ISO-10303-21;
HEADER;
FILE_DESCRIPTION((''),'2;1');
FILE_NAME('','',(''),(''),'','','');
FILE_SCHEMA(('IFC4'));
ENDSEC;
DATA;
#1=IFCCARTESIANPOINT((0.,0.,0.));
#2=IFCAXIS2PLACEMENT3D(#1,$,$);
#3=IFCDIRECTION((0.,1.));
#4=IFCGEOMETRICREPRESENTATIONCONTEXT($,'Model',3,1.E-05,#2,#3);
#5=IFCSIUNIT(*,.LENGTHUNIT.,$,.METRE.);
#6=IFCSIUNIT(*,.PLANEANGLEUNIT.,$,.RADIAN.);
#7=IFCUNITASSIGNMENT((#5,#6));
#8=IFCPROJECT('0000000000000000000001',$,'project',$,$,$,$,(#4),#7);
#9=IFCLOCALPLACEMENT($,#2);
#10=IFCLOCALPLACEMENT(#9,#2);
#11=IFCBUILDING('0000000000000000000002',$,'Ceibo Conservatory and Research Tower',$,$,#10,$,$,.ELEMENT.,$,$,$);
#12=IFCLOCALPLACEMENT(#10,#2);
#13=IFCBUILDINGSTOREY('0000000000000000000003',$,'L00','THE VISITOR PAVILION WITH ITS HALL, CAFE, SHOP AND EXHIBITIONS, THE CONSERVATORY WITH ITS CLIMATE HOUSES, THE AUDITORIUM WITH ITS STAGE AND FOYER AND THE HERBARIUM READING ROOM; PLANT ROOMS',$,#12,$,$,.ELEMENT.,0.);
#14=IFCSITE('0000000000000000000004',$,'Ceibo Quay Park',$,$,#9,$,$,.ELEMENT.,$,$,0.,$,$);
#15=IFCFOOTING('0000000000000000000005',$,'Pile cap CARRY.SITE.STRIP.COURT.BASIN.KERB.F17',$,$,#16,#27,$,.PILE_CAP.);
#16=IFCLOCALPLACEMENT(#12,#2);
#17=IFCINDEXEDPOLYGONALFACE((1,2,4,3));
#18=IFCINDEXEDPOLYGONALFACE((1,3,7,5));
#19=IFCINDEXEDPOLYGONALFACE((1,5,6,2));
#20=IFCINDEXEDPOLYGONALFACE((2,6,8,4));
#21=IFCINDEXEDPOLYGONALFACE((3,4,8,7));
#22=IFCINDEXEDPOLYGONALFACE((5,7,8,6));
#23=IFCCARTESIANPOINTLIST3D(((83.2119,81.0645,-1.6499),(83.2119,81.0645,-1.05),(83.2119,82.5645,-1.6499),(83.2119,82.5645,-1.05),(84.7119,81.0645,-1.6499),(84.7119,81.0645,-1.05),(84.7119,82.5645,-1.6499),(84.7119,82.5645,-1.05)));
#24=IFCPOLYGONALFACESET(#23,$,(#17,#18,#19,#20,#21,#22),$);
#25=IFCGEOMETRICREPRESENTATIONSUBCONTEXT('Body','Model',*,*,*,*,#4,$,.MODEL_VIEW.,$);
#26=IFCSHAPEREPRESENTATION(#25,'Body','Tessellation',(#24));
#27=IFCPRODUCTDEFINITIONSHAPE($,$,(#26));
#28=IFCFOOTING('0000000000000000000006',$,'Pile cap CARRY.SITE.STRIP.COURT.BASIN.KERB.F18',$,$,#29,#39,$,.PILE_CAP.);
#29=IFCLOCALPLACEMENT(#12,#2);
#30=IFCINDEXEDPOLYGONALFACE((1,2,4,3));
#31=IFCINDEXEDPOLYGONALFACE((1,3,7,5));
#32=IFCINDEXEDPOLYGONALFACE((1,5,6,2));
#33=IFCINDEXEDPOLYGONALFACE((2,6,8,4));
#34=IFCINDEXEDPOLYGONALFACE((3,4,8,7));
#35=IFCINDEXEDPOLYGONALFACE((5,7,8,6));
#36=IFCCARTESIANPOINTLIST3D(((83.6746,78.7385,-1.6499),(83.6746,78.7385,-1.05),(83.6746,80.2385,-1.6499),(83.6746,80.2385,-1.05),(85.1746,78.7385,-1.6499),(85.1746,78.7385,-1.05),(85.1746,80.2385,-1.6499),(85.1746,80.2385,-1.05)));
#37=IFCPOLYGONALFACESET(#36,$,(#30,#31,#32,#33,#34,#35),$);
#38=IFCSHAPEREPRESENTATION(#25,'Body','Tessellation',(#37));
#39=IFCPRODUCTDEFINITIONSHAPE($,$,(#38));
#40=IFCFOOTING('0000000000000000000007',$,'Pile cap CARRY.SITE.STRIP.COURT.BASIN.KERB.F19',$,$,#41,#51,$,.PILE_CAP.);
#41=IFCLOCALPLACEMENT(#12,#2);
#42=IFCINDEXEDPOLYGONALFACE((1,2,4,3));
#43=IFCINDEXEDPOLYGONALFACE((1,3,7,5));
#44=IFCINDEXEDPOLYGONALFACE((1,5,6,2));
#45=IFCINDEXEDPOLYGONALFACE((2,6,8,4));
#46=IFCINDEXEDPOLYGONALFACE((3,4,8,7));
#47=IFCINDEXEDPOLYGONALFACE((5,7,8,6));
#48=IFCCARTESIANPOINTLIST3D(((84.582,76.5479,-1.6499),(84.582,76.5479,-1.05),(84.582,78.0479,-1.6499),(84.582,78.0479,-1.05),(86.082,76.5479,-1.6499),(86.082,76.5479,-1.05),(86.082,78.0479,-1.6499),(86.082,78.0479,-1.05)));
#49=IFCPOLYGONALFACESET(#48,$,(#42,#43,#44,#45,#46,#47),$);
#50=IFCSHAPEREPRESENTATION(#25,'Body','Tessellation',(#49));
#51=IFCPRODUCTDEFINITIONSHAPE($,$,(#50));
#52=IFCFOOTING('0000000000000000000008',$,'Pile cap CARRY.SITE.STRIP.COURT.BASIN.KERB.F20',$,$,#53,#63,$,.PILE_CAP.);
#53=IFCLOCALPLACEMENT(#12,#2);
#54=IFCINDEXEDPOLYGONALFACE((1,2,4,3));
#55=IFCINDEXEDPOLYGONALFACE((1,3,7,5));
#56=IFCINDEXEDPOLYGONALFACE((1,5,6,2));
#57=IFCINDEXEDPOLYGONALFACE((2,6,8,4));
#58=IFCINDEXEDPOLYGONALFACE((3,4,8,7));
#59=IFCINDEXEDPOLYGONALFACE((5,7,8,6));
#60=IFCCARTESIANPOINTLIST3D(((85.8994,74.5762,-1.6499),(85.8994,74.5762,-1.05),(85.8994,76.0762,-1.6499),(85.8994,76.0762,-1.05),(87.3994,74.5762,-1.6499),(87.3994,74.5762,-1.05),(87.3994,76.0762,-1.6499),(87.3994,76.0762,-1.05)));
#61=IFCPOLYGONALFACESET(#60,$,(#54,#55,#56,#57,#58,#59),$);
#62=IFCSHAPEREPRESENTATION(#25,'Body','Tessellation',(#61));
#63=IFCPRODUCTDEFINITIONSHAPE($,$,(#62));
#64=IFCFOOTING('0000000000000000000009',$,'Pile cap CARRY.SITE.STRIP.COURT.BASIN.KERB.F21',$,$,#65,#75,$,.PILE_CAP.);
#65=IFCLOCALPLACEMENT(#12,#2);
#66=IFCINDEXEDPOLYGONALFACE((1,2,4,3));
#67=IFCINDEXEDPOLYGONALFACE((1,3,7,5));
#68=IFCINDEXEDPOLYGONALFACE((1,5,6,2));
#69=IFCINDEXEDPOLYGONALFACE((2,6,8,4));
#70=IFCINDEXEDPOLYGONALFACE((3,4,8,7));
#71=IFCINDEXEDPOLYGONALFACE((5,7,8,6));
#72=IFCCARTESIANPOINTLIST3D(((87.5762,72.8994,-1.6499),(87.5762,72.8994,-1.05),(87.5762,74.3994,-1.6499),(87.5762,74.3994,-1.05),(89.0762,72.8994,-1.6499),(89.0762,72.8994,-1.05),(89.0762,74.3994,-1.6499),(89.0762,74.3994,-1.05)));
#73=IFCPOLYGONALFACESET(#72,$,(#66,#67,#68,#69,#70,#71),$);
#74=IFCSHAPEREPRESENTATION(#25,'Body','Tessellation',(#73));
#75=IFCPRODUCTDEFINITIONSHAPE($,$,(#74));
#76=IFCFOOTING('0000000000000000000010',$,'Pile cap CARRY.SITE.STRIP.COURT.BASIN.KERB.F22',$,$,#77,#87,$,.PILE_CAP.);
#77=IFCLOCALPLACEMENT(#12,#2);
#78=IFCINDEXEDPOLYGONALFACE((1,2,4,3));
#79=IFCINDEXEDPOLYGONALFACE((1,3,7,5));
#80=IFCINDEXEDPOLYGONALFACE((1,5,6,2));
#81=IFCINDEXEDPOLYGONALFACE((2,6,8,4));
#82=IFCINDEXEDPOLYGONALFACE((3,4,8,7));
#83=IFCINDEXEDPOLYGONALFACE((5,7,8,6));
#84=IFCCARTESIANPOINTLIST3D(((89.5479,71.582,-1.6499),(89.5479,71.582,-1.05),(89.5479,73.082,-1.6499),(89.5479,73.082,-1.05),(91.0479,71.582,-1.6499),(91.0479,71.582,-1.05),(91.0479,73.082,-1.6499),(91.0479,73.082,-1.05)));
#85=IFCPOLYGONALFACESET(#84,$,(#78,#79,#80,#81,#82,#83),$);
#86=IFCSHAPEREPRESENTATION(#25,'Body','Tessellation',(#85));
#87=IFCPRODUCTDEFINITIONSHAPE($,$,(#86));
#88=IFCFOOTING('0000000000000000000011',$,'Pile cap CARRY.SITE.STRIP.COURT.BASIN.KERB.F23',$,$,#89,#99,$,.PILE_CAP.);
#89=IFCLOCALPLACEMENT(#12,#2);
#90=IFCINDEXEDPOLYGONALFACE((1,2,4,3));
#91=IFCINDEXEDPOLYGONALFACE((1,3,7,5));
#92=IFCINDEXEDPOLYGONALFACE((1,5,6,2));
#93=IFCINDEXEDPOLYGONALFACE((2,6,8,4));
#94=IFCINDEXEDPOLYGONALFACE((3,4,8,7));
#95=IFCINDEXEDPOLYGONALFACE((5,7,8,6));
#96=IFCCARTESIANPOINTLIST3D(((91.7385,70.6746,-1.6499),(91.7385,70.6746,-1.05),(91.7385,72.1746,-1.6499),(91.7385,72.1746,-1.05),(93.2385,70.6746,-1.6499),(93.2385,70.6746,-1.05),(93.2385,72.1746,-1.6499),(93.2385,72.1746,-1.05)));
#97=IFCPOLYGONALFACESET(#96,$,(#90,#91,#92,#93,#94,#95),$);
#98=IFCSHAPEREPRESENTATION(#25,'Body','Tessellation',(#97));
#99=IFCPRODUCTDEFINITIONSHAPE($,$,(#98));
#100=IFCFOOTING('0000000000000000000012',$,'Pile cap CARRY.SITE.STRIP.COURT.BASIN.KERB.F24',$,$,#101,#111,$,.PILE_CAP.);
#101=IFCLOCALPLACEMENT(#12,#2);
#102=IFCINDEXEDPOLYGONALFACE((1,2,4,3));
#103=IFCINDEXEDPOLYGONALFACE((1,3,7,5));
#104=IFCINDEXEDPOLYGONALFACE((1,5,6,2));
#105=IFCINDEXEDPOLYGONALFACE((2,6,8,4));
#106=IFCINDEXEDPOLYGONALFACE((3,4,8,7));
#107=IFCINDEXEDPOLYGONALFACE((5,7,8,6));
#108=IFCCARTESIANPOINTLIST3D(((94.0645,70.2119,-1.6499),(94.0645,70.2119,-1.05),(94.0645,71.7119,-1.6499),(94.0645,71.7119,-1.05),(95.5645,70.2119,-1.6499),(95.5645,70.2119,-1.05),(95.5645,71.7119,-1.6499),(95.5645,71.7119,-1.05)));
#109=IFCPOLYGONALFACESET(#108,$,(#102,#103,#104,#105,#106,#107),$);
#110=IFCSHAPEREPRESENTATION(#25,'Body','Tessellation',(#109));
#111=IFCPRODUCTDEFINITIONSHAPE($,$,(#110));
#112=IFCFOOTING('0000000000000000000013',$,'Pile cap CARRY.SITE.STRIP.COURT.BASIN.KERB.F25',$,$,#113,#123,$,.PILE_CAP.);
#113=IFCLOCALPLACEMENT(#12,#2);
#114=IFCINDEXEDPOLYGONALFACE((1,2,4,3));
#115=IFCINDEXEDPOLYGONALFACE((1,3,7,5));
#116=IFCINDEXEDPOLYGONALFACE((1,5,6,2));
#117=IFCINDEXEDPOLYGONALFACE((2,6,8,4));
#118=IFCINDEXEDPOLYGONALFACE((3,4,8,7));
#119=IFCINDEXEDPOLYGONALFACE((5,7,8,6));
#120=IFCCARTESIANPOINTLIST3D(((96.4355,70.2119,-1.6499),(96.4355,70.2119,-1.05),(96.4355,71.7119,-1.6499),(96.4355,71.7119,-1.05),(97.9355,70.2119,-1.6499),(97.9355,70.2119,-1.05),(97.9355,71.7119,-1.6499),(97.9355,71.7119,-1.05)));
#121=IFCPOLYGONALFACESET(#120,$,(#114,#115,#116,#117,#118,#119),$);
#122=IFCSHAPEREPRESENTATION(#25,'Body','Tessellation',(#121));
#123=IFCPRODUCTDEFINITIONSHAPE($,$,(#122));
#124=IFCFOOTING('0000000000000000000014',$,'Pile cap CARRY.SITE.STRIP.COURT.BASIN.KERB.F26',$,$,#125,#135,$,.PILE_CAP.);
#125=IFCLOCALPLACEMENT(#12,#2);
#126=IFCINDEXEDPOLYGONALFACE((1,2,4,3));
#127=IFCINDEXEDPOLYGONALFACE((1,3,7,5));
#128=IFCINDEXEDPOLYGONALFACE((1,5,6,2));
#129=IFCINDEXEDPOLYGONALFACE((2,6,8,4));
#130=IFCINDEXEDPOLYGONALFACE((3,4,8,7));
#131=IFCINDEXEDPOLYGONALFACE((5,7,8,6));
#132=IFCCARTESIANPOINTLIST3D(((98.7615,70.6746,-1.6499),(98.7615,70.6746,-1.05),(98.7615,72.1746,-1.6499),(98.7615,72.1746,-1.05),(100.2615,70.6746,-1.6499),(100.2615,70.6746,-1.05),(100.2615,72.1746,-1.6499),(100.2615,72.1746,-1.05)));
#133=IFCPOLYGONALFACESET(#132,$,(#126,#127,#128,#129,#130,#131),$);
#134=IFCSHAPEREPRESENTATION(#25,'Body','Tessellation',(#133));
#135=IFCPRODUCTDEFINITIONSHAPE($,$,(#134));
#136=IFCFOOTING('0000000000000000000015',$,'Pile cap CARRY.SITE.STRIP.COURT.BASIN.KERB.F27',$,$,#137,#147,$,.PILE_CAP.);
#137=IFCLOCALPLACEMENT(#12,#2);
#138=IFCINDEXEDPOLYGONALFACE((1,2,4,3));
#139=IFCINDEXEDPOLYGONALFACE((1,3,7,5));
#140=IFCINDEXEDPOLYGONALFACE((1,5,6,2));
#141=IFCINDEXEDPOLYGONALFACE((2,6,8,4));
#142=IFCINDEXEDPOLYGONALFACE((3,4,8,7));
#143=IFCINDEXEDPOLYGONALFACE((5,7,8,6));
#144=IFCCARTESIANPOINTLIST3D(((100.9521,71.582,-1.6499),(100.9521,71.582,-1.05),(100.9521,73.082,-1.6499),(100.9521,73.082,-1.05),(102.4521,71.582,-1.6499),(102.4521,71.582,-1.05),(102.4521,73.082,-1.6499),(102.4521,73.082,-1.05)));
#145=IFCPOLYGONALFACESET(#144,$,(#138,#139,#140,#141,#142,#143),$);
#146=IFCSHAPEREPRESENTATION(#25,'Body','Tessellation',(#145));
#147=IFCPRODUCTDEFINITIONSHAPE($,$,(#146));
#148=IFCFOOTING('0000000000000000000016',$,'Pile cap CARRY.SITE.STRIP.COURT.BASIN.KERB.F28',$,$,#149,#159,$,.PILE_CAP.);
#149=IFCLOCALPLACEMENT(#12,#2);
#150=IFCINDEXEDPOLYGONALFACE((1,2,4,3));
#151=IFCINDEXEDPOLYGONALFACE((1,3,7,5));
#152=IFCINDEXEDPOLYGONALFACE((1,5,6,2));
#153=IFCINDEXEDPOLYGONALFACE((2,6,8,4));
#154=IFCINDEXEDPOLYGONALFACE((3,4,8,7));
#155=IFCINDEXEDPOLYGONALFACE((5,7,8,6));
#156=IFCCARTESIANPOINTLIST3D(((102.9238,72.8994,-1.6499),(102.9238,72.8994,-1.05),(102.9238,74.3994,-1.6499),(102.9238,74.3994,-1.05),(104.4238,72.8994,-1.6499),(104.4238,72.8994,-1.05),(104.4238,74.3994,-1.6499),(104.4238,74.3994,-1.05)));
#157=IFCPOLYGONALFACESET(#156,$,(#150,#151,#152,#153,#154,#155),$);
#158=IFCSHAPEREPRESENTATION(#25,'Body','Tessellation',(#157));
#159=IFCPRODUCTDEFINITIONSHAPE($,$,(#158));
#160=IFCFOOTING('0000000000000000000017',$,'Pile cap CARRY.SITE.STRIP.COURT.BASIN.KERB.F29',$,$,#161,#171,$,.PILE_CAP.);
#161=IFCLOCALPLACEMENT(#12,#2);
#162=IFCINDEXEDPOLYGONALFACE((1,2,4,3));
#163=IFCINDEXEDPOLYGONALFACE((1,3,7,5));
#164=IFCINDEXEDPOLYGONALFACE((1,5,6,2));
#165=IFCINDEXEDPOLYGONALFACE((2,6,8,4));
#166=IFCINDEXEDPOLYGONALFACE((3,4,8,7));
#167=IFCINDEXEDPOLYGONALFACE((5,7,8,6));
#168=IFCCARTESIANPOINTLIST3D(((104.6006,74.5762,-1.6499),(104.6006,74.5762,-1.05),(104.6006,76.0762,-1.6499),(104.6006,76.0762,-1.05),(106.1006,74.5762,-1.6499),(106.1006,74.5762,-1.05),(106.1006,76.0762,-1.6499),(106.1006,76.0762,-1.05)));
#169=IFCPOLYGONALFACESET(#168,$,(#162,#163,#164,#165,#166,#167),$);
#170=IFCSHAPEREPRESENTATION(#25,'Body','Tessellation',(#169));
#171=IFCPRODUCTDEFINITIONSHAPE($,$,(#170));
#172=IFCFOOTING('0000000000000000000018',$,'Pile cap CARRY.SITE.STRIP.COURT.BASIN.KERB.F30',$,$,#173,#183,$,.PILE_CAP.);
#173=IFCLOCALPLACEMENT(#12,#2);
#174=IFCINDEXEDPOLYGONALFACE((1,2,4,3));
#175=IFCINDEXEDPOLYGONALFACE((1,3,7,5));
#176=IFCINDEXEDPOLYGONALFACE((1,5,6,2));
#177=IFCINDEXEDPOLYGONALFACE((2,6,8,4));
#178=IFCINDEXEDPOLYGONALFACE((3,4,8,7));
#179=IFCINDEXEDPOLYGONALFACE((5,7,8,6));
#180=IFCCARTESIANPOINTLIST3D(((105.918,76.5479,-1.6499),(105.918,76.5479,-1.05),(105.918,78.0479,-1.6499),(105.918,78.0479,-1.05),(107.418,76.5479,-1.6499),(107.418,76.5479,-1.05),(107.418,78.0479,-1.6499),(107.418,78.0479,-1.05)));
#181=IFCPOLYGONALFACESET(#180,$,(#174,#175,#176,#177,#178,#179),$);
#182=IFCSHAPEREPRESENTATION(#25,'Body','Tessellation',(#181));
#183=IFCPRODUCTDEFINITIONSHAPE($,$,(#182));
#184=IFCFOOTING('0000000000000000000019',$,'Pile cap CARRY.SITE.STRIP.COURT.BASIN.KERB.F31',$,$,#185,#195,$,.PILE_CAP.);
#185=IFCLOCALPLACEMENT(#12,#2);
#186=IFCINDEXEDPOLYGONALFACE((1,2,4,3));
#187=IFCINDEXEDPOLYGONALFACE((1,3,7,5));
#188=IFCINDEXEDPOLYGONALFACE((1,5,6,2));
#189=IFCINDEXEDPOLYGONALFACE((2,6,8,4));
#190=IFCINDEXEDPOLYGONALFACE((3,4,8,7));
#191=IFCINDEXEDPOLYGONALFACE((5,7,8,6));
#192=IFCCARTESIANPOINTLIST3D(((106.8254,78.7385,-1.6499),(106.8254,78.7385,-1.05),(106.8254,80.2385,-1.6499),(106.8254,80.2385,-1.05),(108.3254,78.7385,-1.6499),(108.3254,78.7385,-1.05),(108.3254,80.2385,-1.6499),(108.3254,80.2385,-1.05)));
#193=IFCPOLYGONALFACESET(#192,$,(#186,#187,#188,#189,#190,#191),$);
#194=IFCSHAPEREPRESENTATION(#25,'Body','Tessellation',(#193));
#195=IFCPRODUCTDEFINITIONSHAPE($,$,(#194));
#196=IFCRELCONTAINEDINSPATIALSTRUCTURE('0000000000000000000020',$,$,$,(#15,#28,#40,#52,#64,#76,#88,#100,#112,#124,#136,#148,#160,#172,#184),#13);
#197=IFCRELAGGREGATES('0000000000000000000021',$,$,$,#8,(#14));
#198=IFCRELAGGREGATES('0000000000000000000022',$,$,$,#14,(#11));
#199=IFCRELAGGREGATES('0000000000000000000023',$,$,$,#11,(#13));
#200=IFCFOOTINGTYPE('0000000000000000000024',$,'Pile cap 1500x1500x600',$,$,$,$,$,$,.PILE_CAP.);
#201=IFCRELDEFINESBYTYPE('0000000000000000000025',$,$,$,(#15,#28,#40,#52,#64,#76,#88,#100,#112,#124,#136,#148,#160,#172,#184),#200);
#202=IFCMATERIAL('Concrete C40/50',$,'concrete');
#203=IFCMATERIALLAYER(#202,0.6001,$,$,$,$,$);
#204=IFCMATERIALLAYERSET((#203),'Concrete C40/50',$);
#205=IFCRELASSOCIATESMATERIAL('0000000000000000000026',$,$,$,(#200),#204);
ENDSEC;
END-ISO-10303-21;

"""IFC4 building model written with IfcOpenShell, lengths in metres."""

from ifc_helpers import new_model, si_unit, direction, frame, origin, place, context, subcontext, project, spatial, polyline, outline, extrude, material, layer, layer_set, type_object, element, save


model = new_model("IFC4")

# Units and contexts
model_context = context("Model", 3, precision=1e-05, world=origin(), true_north=direction((0.0, 1.0)))
body_context = subcontext(model_context, "Body", "Model", "MODEL_VIEW")
ifc_project = project(units=[si_unit("LENGTHUNIT", "METRE"), si_unit("PLANEANGLEUNIT", "RADIAN")], contexts=[model_context])

# Site, building, storey
site_placement = place(None, origin())
site = spatial("IfcSite", under=ifc_project, at=site_placement, Name="Ceibo Quay Park", CompositionType="ELEMENT", RefElevation=0.0)
building_placement = place(site_placement, origin())
building = spatial("IfcBuilding", under=site, at=building_placement, Name="Ceibo Conservatory and Research Tower", CompositionType="ELEMENT")
storey_placement = place(building_placement, origin())
storey = spatial("IfcBuildingStorey", under=building, at=storey_placement, Name="L00", Description="THE VISITOR PAVILION WITH ITS HALL, CAFE, SHOP AND EXHIBITIONS, THE CONSERVATORY WITH ITS CLIMATE HOUSES, THE AUDITORIUM WITH ITS STAGE AND FOYER AND THE HERBARIUM READING ROOM; PLANT ROOMS", CompositionType="ELEMENT", Elevation=0.0)

# Footings
ifc_material_1 = material(Name="Concrete C40/50", Category="concrete")
ifc_layer_1 = layer(ifc_material_1, 0.6001)
ifc_layer_set_1 = layer_set([ifc_layer_1], Name="Concrete C40/50")
footing_type_1 = type_object("IfcFootingType", Name="Pile cap 1500x1500x600", PredefinedType="PILE_CAP", material=ifc_layer_set_1)
footing_1_placement = place(storey_placement, frame((0.0, 0.0, -1.6499)))
element("IfcFooting", 1, at=footing_1_placement, inside=storey, type_object=footing_type_1, Name="Pile cap CARRY.SITE.STRIP.COURT.BASIN.KERB.F17", PredefinedType="PILE_CAP", context=body_context, shape_type="SweptSolid", body=[
    extrude(outline(polyline([(84.7119, 81.0645), (84.7119, 82.5645), (83.2119, 82.5645), (83.2119, 81.0645), (84.7119, 81.0645)])), origin(), (0.0, 0.0, 1.0), 0.5999),
])
footing_2_placement = place(storey_placement, frame((0.0, 0.0, -1.6499)))
element("IfcFooting", 2, at=footing_2_placement, inside=storey, type_object=footing_type_1, Name="Pile cap CARRY.SITE.STRIP.COURT.BASIN.KERB.F18", PredefinedType="PILE_CAP", context=body_context, shape_type="SweptSolid", body=[
    extrude(outline(polyline([(85.1746, 78.7385), (85.1746, 80.2385), (83.6746, 80.2385), (83.6746, 78.7385), (85.1746, 78.7385)])), origin(), (0.0, 0.0, 1.0), 0.5999),
])
footing_3_placement = place(storey_placement, frame((0.0, 0.0, -1.6499)))
element("IfcFooting", 3, at=footing_3_placement, inside=storey, type_object=footing_type_1, Name="Pile cap CARRY.SITE.STRIP.COURT.BASIN.KERB.F19", PredefinedType="PILE_CAP", context=body_context, shape_type="SweptSolid", body=[
    extrude(outline(polyline([(86.082, 76.5479), (86.082, 78.0479), (84.582, 78.0479), (84.582, 76.5479), (86.082, 76.5479)])), origin(), (0.0, 0.0, 1.0), 0.5999),
])
footing_4_placement = place(storey_placement, frame((0.0, 0.0, -1.6499)))
element("IfcFooting", 4, at=footing_4_placement, inside=storey, type_object=footing_type_1, Name="Pile cap CARRY.SITE.STRIP.COURT.BASIN.KERB.F20", PredefinedType="PILE_CAP", context=body_context, shape_type="SweptSolid", body=[
    extrude(outline(polyline([(87.3994, 74.5762), (87.3994, 76.0762), (85.8994, 76.0762), (85.8994, 74.5762), (87.3994, 74.5762)])), origin(), (0.0, 0.0, 1.0), 0.5999),
])
footing_5_placement = place(storey_placement, frame((0.0, 0.0, -1.6499)))
element("IfcFooting", 5, at=footing_5_placement, inside=storey, type_object=footing_type_1, Name="Pile cap CARRY.SITE.STRIP.COURT.BASIN.KERB.F21", PredefinedType="PILE_CAP", context=body_context, shape_type="SweptSolid", body=[
    extrude(outline(polyline([(89.0762, 72.8994), (89.0762, 74.3994), (87.5762, 74.3994), (87.5762, 72.8994), (89.0762, 72.8994)])), origin(), (0.0, 0.0, 1.0), 0.5999),
])
footing_6_placement = place(storey_placement, frame((0.0, 0.0, -1.6499)))
element("IfcFooting", 6, at=footing_6_placement, inside=storey, type_object=footing_type_1, Name="Pile cap CARRY.SITE.STRIP.COURT.BASIN.KERB.F22", PredefinedType="PILE_CAP", context=body_context, shape_type="SweptSolid", body=[
    extrude(outline(polyline([(91.0479, 71.582), (91.0479, 73.082), (89.5479, 73.082), (89.5479, 71.582), (91.0479, 71.582)])), origin(), (0.0, 0.0, 1.0), 0.5999),
])
footing_7_placement = place(storey_placement, frame((0.0, 0.0, -1.6499)))
element("IfcFooting", 7, at=footing_7_placement, inside=storey, type_object=footing_type_1, Name="Pile cap CARRY.SITE.STRIP.COURT.BASIN.KERB.F23", PredefinedType="PILE_CAP", context=body_context, shape_type="SweptSolid", body=[
    extrude(outline(polyline([(93.2385, 70.6746), (93.2385, 72.1746), (91.7385, 72.1746), (91.7385, 70.6746), (93.2385, 70.6746)])), origin(), (0.0, 0.0, 1.0), 0.5999),
])
footing_8_placement = place(storey_placement, frame((0.0, 0.0, -1.6499)))
element("IfcFooting", 8, at=footing_8_placement, inside=storey, type_object=footing_type_1, Name="Pile cap CARRY.SITE.STRIP.COURT.BASIN.KERB.F24", PredefinedType="PILE_CAP", context=body_context, shape_type="SweptSolid", body=[
    extrude(outline(polyline([(95.5645, 70.2119), (95.5645, 71.7119), (94.0645, 71.7119), (94.0645, 70.2119), (95.5645, 70.2119)])), origin(), (0.0, 0.0, 1.0), 0.5999),
])
footing_9_placement = place(storey_placement, frame((0.0, 0.0, -1.6499)))
element("IfcFooting", 9, at=footing_9_placement, inside=storey, type_object=footing_type_1, Name="Pile cap CARRY.SITE.STRIP.COURT.BASIN.KERB.F25", PredefinedType="PILE_CAP", context=body_context, shape_type="SweptSolid", body=[
    extrude(outline(polyline([(97.9355, 70.2119), (97.9355, 71.7119), (96.4355, 71.7119), (96.4355, 70.2119), (97.9355, 70.2119)])), origin(), (0.0, 0.0, 1.0), 0.5999),
])
footing_10_placement = place(storey_placement, frame((0.0, 0.0, -1.6499)))
element("IfcFooting", 10, at=footing_10_placement, inside=storey, type_object=footing_type_1, Name="Pile cap CARRY.SITE.STRIP.COURT.BASIN.KERB.F26", PredefinedType="PILE_CAP", context=body_context, shape_type="SweptSolid", body=[
    extrude(outline(polyline([(100.2615, 70.6746), (100.2615, 72.1746), (98.7615, 72.1746), (98.7615, 70.6746), (100.2615, 70.6746)])), origin(), (0.0, 0.0, 1.0), 0.5999),
])
footing_11_placement = place(storey_placement, frame((0.0, 0.0, -1.6499)))
element("IfcFooting", 11, at=footing_11_placement, inside=storey, type_object=footing_type_1, Name="Pile cap CARRY.SITE.STRIP.COURT.BASIN.KERB.F27", PredefinedType="PILE_CAP", context=body_context, shape_type="SweptSolid", body=[
    extrude(outline(polyline([(102.4521, 71.582), (102.4521, 73.082), (100.9521, 73.082), (100.9521, 71.582), (102.4521, 71.582)])), origin(), (0.0, 0.0, 1.0), 0.5999),
])
footing_12_placement = place(storey_placement, frame((0.0, 0.0, -1.6499)))
element("IfcFooting", 12, at=footing_12_placement, inside=storey, type_object=footing_type_1, Name="Pile cap CARRY.SITE.STRIP.COURT.BASIN.KERB.F28", PredefinedType="PILE_CAP", context=body_context, shape_type="SweptSolid", body=[
    extrude(outline(polyline([(104.4238, 72.8994), (104.4238, 74.3994), (102.9238, 74.3994), (102.9238, 72.8994), (104.4238, 72.8994)])), origin(), (0.0, 0.0, 1.0), 0.5999),
])
footing_13_placement = place(storey_placement, frame((0.0, 0.0, -1.6499)))
element("IfcFooting", 13, at=footing_13_placement, inside=storey, type_object=footing_type_1, Name="Pile cap CARRY.SITE.STRIP.COURT.BASIN.KERB.F29", PredefinedType="PILE_CAP", context=body_context, shape_type="SweptSolid", body=[
    extrude(outline(polyline([(106.1006, 74.5762), (106.1006, 76.0762), (104.6006, 76.0762), (104.6006, 74.5762), (106.1006, 74.5762)])), origin(), (0.0, 0.0, 1.0), 0.5999),
])
footing_14_placement = place(storey_placement, frame((0.0, 0.0, -1.6499)))
element("IfcFooting", 14, at=footing_14_placement, inside=storey, type_object=footing_type_1, Name="Pile cap CARRY.SITE.STRIP.COURT.BASIN.KERB.F30", PredefinedType="PILE_CAP", context=body_context, shape_type="SweptSolid", body=[
    extrude(outline(polyline([(107.418, 76.5479), (107.418, 78.0479), (105.918, 78.0479), (105.918, 76.5479), (107.418, 76.5479)])), origin(), (0.0, 0.0, 1.0), 0.5999),
])
footing_15_placement = place(storey_placement, frame((0.0, 0.0, -1.6499)))
element("IfcFooting", 15, at=footing_15_placement, inside=storey, type_object=footing_type_1, Name="Pile cap CARRY.SITE.STRIP.COURT.BASIN.KERB.F31", PredefinedType="PILE_CAP", context=body_context, shape_type="SweptSolid", body=[
    extrude(outline(polyline([(108.3254, 78.7385), (108.3254, 80.2385), (106.8254, 80.2385), (106.8254, 78.7385), (108.3254, 78.7385)])), origin(), (0.0, 0.0, 1.0), 0.5999),
])

save(model, "model.ifc")
